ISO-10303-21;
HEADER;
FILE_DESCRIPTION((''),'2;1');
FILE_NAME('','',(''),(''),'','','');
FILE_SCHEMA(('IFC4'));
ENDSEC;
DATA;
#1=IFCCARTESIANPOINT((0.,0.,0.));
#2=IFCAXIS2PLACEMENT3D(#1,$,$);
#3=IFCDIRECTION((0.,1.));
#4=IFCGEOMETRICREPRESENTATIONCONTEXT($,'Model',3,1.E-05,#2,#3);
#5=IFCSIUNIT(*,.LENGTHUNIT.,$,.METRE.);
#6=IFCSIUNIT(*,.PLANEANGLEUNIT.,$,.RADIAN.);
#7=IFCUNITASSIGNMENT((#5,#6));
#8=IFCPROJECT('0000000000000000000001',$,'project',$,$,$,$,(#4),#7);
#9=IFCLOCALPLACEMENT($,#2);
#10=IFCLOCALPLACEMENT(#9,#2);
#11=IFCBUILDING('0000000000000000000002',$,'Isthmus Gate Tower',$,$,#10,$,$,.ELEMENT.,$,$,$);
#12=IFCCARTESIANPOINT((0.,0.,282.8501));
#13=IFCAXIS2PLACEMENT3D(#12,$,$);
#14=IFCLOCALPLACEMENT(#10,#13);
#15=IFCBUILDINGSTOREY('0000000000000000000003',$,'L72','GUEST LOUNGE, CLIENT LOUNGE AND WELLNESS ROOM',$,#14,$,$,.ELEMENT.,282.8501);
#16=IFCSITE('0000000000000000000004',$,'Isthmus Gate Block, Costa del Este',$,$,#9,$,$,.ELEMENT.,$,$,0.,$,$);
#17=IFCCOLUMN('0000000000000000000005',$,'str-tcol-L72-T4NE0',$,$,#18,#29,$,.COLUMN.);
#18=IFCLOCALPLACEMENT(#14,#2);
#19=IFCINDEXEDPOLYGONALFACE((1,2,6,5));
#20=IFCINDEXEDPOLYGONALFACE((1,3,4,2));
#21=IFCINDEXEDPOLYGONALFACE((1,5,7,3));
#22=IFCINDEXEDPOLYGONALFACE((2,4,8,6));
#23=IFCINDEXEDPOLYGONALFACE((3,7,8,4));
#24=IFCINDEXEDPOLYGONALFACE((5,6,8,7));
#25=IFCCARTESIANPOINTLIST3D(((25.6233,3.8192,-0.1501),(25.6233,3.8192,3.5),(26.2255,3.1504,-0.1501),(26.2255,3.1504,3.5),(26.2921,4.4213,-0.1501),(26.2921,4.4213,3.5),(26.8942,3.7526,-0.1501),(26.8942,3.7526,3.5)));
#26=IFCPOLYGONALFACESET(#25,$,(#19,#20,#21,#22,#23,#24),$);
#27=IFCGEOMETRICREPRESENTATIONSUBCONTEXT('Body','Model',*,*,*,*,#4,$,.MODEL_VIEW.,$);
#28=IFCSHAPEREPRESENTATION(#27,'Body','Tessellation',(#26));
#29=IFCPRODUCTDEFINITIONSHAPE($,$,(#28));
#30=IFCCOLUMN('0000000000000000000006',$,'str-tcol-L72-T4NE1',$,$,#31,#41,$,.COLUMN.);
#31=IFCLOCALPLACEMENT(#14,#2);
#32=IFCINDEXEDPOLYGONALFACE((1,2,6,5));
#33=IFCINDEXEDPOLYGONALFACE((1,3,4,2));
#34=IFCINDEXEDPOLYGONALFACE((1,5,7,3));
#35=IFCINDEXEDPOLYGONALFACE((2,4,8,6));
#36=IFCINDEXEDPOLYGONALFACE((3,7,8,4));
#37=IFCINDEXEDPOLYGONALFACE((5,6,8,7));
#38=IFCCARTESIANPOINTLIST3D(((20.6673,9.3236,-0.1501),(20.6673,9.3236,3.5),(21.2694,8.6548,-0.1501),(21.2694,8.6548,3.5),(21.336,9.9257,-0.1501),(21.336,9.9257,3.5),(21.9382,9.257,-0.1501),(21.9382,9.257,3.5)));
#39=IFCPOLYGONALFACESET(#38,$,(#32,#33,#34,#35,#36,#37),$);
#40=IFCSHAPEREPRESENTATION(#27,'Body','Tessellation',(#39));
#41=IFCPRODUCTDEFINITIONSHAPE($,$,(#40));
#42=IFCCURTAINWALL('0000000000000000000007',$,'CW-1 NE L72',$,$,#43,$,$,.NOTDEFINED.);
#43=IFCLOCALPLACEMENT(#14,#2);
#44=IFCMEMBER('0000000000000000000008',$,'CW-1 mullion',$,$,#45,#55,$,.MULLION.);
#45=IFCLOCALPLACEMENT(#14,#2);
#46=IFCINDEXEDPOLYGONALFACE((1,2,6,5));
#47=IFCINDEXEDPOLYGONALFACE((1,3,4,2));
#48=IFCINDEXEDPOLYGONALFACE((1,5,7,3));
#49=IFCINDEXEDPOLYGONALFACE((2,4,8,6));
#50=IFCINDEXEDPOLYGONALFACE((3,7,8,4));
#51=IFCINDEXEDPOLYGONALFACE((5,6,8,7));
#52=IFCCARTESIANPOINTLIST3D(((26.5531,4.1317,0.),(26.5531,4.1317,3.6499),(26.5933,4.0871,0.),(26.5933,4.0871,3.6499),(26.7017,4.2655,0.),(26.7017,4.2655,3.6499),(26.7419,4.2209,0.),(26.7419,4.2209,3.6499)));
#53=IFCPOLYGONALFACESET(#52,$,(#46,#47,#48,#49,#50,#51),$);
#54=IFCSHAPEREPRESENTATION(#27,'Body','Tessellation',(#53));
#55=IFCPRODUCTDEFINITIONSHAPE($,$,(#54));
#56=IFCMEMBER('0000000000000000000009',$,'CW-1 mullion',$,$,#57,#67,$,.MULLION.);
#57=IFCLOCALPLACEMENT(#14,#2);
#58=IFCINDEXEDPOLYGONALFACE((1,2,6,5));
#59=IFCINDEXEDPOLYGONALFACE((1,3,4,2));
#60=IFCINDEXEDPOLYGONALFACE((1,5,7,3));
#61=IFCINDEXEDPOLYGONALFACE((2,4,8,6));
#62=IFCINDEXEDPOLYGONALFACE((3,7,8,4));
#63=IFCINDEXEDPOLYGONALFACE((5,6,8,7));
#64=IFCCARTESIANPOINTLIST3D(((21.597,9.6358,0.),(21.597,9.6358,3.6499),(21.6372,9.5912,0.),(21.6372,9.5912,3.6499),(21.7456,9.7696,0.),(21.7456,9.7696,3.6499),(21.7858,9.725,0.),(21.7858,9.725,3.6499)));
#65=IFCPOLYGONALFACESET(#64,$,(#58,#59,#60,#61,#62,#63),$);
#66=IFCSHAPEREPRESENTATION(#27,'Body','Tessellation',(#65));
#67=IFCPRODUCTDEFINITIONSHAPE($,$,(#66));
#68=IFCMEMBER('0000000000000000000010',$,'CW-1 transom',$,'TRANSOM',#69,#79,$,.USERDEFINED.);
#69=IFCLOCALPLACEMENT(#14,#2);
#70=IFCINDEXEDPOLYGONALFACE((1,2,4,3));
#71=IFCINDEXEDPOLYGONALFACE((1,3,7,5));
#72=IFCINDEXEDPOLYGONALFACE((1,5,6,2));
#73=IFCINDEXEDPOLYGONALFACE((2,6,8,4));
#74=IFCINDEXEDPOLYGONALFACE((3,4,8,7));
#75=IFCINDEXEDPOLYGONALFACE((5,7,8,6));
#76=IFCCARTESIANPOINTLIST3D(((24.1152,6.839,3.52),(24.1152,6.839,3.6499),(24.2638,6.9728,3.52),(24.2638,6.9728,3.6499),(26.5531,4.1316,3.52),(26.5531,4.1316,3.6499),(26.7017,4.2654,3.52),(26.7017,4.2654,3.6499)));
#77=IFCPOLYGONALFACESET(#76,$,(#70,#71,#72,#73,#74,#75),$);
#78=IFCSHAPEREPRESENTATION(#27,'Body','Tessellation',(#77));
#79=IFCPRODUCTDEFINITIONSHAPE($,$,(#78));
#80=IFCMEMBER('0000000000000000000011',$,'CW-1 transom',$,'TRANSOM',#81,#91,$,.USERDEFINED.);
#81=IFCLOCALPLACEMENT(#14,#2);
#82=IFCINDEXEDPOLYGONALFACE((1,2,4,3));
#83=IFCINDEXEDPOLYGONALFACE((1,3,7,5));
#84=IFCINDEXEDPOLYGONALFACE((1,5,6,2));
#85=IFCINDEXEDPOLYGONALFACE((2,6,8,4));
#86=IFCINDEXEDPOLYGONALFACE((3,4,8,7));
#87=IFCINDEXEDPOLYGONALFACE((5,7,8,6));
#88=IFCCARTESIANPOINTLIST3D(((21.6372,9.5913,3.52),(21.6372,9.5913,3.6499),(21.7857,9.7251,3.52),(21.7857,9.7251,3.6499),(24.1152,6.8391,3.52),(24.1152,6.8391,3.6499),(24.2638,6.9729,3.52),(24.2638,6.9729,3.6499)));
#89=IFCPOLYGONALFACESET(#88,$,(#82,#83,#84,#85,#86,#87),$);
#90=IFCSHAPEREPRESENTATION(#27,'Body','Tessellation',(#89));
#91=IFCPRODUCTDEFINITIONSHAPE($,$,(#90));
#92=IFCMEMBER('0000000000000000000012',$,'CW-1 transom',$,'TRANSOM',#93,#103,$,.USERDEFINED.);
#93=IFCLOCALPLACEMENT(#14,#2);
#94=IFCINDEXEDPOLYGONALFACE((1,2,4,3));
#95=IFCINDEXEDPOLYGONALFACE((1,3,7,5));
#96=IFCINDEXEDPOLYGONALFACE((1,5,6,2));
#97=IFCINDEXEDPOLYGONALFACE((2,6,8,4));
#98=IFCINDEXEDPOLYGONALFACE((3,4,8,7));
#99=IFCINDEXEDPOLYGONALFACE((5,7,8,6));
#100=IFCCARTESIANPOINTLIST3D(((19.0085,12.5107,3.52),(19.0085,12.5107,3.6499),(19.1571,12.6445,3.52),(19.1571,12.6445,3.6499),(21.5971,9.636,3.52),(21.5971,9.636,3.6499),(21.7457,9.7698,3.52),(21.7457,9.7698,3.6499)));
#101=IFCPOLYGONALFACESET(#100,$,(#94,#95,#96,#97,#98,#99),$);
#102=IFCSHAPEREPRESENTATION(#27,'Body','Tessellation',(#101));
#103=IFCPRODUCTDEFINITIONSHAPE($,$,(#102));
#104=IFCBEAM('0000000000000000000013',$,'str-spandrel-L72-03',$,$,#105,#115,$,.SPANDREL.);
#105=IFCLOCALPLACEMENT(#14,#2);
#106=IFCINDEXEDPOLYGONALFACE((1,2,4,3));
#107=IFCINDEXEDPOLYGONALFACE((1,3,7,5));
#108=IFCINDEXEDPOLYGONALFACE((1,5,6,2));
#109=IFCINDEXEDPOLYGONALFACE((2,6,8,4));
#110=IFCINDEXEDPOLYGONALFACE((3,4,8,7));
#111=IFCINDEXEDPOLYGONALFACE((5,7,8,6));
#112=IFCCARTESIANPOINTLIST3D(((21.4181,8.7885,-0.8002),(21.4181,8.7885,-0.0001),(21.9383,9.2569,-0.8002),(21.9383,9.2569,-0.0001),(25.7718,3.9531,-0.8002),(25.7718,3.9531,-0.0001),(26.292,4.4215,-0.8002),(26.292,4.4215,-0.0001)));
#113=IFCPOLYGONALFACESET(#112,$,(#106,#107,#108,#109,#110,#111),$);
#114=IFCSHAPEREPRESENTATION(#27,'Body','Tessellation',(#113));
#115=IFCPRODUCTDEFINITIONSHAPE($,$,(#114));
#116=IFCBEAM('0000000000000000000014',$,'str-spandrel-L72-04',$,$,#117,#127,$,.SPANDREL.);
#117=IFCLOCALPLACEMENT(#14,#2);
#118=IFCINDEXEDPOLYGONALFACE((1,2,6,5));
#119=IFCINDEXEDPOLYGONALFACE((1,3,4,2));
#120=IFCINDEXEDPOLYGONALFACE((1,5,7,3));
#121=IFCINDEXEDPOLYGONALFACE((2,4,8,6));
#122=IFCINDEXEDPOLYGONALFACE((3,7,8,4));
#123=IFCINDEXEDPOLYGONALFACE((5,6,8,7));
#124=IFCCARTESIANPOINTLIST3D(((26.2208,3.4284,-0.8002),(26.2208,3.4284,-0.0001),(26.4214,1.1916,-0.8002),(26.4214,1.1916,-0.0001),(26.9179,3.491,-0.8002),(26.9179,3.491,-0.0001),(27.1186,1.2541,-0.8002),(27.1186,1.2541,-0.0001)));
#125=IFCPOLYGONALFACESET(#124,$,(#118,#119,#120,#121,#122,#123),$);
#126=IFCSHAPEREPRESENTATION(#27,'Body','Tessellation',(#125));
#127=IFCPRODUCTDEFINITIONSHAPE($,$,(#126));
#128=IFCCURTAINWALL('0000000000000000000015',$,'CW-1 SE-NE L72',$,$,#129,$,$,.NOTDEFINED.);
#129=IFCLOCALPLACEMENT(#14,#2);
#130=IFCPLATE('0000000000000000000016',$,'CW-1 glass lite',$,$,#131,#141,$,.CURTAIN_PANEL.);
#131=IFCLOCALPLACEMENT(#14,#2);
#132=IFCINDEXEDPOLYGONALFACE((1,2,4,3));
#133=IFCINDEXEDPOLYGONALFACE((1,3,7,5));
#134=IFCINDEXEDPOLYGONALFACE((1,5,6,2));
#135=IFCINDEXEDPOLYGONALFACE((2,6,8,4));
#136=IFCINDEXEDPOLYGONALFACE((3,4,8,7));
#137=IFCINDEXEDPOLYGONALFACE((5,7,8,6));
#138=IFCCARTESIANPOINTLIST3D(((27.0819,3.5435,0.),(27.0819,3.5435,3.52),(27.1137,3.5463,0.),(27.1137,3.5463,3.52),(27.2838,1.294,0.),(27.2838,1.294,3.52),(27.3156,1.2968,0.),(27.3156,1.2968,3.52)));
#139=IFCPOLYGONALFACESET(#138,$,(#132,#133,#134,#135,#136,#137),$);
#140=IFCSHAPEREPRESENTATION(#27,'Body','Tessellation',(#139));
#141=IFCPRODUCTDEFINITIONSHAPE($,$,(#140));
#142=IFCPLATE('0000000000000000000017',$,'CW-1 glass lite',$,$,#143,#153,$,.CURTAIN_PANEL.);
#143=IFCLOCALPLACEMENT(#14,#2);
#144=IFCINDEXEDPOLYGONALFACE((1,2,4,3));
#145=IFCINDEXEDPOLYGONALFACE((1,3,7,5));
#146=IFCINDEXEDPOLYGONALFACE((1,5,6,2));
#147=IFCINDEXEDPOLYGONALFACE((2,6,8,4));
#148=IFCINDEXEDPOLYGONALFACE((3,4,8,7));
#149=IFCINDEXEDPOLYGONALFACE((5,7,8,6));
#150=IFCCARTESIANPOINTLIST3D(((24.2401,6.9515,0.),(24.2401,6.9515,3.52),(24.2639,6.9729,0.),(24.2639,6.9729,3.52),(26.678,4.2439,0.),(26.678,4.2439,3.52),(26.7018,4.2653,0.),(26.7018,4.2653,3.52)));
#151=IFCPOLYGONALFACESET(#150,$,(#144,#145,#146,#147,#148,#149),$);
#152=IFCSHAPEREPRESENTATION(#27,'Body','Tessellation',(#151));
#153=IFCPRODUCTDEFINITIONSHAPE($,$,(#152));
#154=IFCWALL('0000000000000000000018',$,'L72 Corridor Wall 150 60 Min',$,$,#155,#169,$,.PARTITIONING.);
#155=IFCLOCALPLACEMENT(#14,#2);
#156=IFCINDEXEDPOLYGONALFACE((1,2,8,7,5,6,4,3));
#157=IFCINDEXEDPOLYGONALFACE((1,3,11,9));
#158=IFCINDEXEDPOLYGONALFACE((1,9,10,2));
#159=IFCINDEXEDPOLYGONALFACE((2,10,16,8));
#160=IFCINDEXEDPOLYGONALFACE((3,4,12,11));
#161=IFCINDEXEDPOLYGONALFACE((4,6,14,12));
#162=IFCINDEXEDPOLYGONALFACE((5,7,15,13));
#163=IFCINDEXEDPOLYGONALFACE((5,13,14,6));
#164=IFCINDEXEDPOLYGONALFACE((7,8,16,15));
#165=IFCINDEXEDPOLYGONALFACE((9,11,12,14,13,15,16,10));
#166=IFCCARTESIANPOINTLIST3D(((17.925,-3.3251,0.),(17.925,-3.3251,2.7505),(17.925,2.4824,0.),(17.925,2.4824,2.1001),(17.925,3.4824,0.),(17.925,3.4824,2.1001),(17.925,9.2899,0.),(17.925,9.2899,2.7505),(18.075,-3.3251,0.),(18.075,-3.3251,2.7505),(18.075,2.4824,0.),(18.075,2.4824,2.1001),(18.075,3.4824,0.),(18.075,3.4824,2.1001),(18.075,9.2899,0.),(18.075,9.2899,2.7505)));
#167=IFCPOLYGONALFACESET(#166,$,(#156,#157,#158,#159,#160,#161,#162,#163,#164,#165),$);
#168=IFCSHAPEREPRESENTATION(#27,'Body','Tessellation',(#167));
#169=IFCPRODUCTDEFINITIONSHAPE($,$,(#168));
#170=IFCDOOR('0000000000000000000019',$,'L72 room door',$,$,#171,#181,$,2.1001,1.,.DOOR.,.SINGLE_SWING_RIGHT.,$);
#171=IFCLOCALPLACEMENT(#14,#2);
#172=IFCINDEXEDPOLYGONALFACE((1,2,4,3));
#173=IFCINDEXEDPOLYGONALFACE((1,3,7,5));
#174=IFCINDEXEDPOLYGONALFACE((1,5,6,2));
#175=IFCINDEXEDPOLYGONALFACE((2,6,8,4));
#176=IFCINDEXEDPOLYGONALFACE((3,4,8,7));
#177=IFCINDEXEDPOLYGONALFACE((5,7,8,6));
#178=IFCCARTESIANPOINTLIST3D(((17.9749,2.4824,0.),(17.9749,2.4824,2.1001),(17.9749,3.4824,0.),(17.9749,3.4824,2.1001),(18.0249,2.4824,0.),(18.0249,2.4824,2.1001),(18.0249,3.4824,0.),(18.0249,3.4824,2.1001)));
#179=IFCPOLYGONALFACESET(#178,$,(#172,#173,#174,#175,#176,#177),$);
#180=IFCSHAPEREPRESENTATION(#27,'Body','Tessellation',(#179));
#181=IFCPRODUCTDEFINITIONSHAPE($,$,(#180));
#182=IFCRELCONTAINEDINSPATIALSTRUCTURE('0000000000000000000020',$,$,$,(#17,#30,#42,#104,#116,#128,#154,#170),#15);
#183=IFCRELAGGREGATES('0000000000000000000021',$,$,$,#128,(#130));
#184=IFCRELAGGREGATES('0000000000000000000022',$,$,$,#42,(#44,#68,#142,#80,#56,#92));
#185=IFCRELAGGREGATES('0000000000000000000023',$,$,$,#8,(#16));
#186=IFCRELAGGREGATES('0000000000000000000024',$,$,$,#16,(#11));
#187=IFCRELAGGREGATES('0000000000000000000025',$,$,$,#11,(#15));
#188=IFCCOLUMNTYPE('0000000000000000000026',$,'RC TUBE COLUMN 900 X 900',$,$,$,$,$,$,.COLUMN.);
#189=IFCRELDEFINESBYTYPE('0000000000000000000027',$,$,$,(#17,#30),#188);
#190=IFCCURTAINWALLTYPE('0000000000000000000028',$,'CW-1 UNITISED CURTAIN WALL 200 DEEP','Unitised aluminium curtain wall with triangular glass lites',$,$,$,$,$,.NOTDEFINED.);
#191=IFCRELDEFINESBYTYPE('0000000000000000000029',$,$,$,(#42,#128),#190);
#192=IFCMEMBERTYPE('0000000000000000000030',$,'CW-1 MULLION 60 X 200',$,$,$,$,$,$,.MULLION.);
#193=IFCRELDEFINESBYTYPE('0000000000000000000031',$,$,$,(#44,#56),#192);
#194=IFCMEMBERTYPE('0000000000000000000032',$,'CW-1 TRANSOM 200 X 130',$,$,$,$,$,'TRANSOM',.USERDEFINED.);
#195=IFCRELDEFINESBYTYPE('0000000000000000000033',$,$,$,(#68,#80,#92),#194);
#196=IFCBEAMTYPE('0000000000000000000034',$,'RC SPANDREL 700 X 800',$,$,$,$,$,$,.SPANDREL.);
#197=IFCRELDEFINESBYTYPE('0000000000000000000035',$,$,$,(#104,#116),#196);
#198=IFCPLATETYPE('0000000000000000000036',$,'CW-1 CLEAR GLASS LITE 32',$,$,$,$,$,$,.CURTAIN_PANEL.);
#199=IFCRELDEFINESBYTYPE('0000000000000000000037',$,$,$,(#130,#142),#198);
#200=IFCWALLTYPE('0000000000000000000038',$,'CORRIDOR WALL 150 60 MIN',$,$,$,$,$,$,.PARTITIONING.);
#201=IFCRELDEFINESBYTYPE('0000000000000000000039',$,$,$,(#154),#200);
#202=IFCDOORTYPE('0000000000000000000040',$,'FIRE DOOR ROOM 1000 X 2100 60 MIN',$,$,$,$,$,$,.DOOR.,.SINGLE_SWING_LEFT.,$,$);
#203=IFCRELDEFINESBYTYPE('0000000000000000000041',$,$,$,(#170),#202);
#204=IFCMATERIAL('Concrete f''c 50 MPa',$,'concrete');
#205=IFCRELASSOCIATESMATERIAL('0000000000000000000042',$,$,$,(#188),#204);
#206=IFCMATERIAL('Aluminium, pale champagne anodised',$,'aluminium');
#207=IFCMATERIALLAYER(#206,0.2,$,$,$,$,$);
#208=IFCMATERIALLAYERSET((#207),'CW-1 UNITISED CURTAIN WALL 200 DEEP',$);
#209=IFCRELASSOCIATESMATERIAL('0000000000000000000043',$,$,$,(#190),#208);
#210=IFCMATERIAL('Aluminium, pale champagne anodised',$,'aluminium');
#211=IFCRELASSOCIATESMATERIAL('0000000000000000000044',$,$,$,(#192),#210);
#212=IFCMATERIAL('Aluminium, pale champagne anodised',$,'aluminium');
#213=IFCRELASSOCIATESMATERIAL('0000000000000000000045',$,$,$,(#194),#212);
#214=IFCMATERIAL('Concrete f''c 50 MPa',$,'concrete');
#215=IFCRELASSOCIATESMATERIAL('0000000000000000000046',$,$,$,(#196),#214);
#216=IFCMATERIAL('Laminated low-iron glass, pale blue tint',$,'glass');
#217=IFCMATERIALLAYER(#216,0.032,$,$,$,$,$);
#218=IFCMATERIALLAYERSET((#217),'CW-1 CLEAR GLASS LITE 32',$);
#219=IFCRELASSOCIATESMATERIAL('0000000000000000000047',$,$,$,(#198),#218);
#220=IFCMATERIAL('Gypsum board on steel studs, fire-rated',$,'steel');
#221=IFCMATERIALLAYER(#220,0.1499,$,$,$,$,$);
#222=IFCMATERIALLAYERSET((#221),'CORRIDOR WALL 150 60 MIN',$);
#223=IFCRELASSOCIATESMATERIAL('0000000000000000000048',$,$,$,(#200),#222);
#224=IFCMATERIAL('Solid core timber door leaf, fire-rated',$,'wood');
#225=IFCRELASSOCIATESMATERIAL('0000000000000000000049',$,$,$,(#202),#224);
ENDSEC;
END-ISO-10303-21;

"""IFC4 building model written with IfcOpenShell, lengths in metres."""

from ifc_helpers import new_model, si_unit, direction, frame, frame_2d, origin, origin_2d, place, context, subcontext, project, spatial, rectangle, extrude, material, layer, layer_set, material_profile, profile_set, type_object, element, fill, aggregate, save


model = new_model("IFC4")

# Units and contexts
model_context = context("Model", 3, precision=1e-05, world=origin(), true_north=direction((0.0, 1.0)))
body_context = subcontext(model_context, "Body", "Model", "MODEL_VIEW")
ifc_project = project(units=[si_unit("LENGTHUNIT", "METRE"), si_unit("PLANEANGLEUNIT", "RADIAN")], contexts=[model_context])

# Site, building, storey
site_placement = place(None, origin())
site = spatial("IfcSite", under=ifc_project, at=site_placement, Name="Isthmus Gate Block, Costa del Este", CompositionType="ELEMENT", RefElevation=0.0)
building_placement = place(site_placement, origin())
building = spatial("IfcBuilding", under=site, at=building_placement, Name="Isthmus Gate Tower", CompositionType="ELEMENT")
storey_placement = place(building_placement, frame((0.0, 0.0, 282.8501)))
storey = spatial("IfcBuildingStorey", under=building, at=storey_placement, Name="L72", Description="GUEST LOUNGE, CLIENT LOUNGE AND WELLNESS ROOM", CompositionType="ELEMENT", Elevation=282.8501)

# Columns
ifc_material_1 = material(Name="Concrete f'c 50 MPa", Category="concrete")
ifc_material_profile_1 = material_profile(ifc_material_1, rectangle(XDim=0.8999, YDim=0.8999, at=origin_2d()), Name="RC 900X900")
ifc_profile_set_1 = profile_set([ifc_material_profile_1], Name="Concrete f'c 50 MPa")
column_type = type_object("IfcColumnType", Name="RC TUBE COLUMN 900 X 900", PredefinedType="COLUMN", material=ifc_profile_set_1)
for number, where, z_axis, x_axis, name in (
    (1, (26.2588, 3.7859, -0.1501), (0.0, 0.0, 1.0), (-0.669131, 0.743145, 0.0), "str-tcol-L72-T4NE0"),
    (2, (21.3027, 9.2903, -0.1501), (0.0, 0.0, 1.0), (-0.669131, 0.743145, 0.0), "str-tcol-L72-T4NE1"),
):
    element("IfcColumn", number, at=place(storey_placement, frame(where, z_axis=z_axis, x_axis=x_axis)), inside=storey, type_object=column_type, Name=name, PredefinedType="COLUMN", context=body_context, shape_type="SweptSolid", body=[
        extrude(rectangle(XDim=0.8999, YDim=0.8999, at=origin_2d()), origin(), (0.0, 0.0, 1.0), 3.6501),
    ])

# Curtain wall, members
ifc_material_2 = material(Name="Aluminium, pale champagne anodised", Category="aluminium")
ifc_layer_1 = layer(ifc_material_2, 0.2)
ifc_layer_set_1 = layer_set([ifc_layer_1], Name="CW-1 UNITISED CURTAIN WALL 200 DEEP")
curtain_wall_type = type_object("IfcCurtainWallType", Name="CW-1 UNITISED CURTAIN WALL 200 DEEP", Description="Unitised aluminium curtain wall with triangular glass lites", PredefinedType="NOTDEFINED", material=ifc_layer_set_1)
curtain_wall_1_placement = place(storey_placement, origin())
curtain_wall_1 = element("IfcCurtainWall", 3, at=curtain_wall_1_placement, inside=storey, type_object=curtain_wall_type, Name="CW-1 NE L72", PredefinedType="NOTDEFINED")
ifc_material_3 = material(Name="Aluminium, pale champagne anodised", Category="aluminium")
ifc_material_profile_2 = material_profile(ifc_material_3, rectangle(XDim=0.0601, YDim=0.2, at=origin_2d()), Name="60x200")
ifc_profile_set_2 = profile_set([ifc_material_profile_2], Name="Aluminium, pale champagne anodised")
member_type_1 = type_object("IfcMemberType", Name="CW-1 MULLION 60 X 200", PredefinedType="MULLION", material=ifc_profile_set_2)
member_1_placement = place(storey_placement, frame((26.6475, 4.1763, 0.0), z_axis=(0.0, 0.0, 1.0), x_axis=(-0.669131, 0.743145, 0.0)))
member_1 = element("IfcMember", 4, at=member_1_placement, type_object=member_type_1, Name="CW-1 mullion", PredefinedType="MULLION", context=body_context, shape_type="SweptSolid", body=[
    extrude(rectangle(XDim=0.0601, YDim=0.2, at=origin_2d()), origin(), (0.0, 0.0, 1.0), 3.6499),
])
member_2_placement = place(storey_placement, frame((21.6914, 9.6804, 0.0), z_axis=(0.0, 0.0, 1.0), x_axis=(-0.669131, 0.743145, 0.0)))
member_2 = element("IfcMember", 5, at=member_2_placement, type_object=member_type_1, Name="CW-1 mullion", PredefinedType="MULLION", context=body_context, shape_type="SweptSolid", body=[
    extrude(rectangle(XDim=0.0601, YDim=0.2, at=origin_2d()), origin(), (0.0, 0.0, 1.0), 3.6499),
])
ifc_material_4 = material(Name="Aluminium, pale champagne anodised", Category="aluminium")
ifc_material_profile_3 = material_profile(ifc_material_4, rectangle(XDim=0.2, YDim=0.1299, at=origin_2d()), Name="200x130")
ifc_profile_set_3 = profile_set([ifc_material_profile_3], Name="Aluminium, pale champagne anodised")
member_type_2 = type_object("IfcMemberType", Name="CW-1 TRANSOM 200 X 130", ElementType="TRANSOM", PredefinedType="USERDEFINED", material=ifc_profile_set_3)
member_3_placement = place(storey_placement, frame((26.6274, 4.1985, 3.585), z_axis=(-0.66915, 0.743128, 0.0), x_axis=(-0.743128, -0.66915, 0.0)))
member_3 = element("IfcMember", 6, at=member_3_placement, type_object=member_type_2, Name="CW-1 transom", ObjectType="TRANSOM", PredefinedType="USERDEFINED", context=body_context, shape_type="SweptSolid", body=[
    extrude(rectangle(XDim=0.2, YDim=0.1299, at=origin_2d()), origin(), (0.0, 0.0, 1.0), 3.6433),
])
member_4_placement = place(storey_placement, frame((24.1895, 6.906, 3.585), z_axis=(-0.669121, 0.743153, 0.0), x_axis=(-0.743153, -0.669121, 0.0)))
member_4 = element("IfcMember", 7, at=member_4_placement, type_object=member_type_2, Name="CW-1 transom", ObjectType="TRANSOM", PredefinedType="USERDEFINED", context=body_context, shape_type="SweptSolid", body=[
    extrude(rectangle(XDim=0.2, YDim=0.1299, at=origin_2d()), origin(), (0.0, 0.0, 1.0), 3.7034),
])
member_5_placement = place(storey_placement, frame((21.6714, 9.7029, 3.585), z_axis=(-0.669156, 0.743122, 0.0), x_axis=(-0.743122, -0.669156, 0.0)))
member_5 = element("IfcMember", 8, at=member_5_placement, type_object=member_type_2, Name="CW-1 transom", ObjectType="TRANSOM", PredefinedType="USERDEFINED", context=body_context, shape_type="SweptSolid", body=[
    extrude(rectangle(XDim=0.2, YDim=0.1299, at=origin_2d()), origin(), (0.0, 0.0, 1.0), 3.8684),
])

# Beams
ifc_material_5 = material(Name="Concrete f'c 50 MPa", Category="concrete")
ifc_material_profile_4 = material_profile(ifc_material_5, rectangle(XDim=0.7, YDim=0.8, at=origin_2d()), Name="RC 700X800")
ifc_profile_set_4 = profile_set([ifc_material_profile_4], Name="Concrete f'c 50 MPa")
beam_type = type_object("IfcBeamType", Name="RC SPANDREL 700 X 800", PredefinedType="SPANDREL", material=ifc_profile_set_4)
beam_1_placement = place(storey_placement, frame((21.6782, 9.0227, -0.4001), z_axis=(0.669122, -0.743152, 0.0), x_axis=(0.743152, 0.669122, 0.0)))
element("IfcBeam", 9, at=beam_1_placement, inside=storey, type_object=beam_type, Name="str-spandrel-L72-03", PredefinedType="SPANDREL", context=body_context, shape_type="SweptSolid", body=[
    extrude(rectangle(XDim=0.7, YDim=0.8, at=origin_2d()), origin(), (0.0, 0.0, 1.0), 6.5066),
])
beam_2_placement = place(storey_placement, frame((26.5693, 3.4597, -0.4001), z_axis=(0.089359, -0.995999, 0.0), x_axis=(0.995999, 0.089359, 0.0)))
element("IfcBeam", 10, at=beam_2_placement, inside=storey, type_object=beam_type, Name="str-spandrel-L72-04", PredefinedType="SPANDREL", context=body_context, shape_type="SweptSolid", body=[
    extrude(rectangle(XDim=0.7, YDim=0.8, at=origin_2d()), origin(), (0.0, 0.0, 1.0), 2.2458),
])

# Curtain wall, plate
curtain_wall_2_placement = place(storey_placement, origin())
curtain_wall_2 = element("IfcCurtainWall", 11, at=curtain_wall_2_placement, inside=storey, type_object=curtain_wall_type, Name="CW-1 SE-NE L72", PredefinedType="NOTDEFINED")
ifc_material_6 = material(Name="Laminated low-iron glass, pale blue tint", Category="glass")
ifc_layer_2 = layer(ifc_material_6, 0.032)
ifc_layer_set_2 = layer_set([ifc_layer_2], Name="CW-1 CLEAR GLASS LITE 32")
plate_type = type_object("IfcPlateType", Name="CW-1 CLEAR GLASS LITE 32", PredefinedType="CURTAIN_PANEL", material=ifc_layer_set_2)
plate_1_placement = place(storey_placement, frame((27.1987, 2.4202, 0.0), z_axis=(0.0, 0.0, 1.0), x_axis=(-0.089397, 0.995996, 0.0)))
plate_1 = element("IfcPlate", 12, at=plate_1_placement, type_object=plate_type, Name="CW-1 glass lite", PredefinedType="CURTAIN_PANEL", context=body_context, shape_type="SweptSolid", body=[
    extrude(rectangle(XDim=2.2585, YDim=0.032, at=origin_2d()), origin(), (0.0, 0.0, 1.0), 3.52),
])
aggregate(curtain_wall_2, [plate_1])

# Plate
plate_2_placement = place(storey_placement, frame((25.4709, 5.6084, 0.0), z_axis=(0.0, 0.0, 1.0), x_axis=(-0.669131, 0.743145, 0.0)))
plate_2 = element("IfcPlate", 13, at=plate_2_placement, type_object=plate_type, Name="CW-1 glass lite", PredefinedType="CURTAIN_PANEL", context=body_context, shape_type="SweptSolid", body=[
    extrude(rectangle(XDim=3.6433, YDim=0.032, at=origin_2d()), origin(), (0.0, 0.0, 1.0), 3.52),
])

# Wall, opening, door
ifc_material_7 = material(Name="Gypsum board on steel studs, fire-rated", Category="steel")
ifc_layer_3 = layer(ifc_material_7, 0.1499)
ifc_layer_set_3 = layer_set([ifc_layer_3], Name="CORRIDOR WALL 150 60 MIN")
wall_type_1 = type_object("IfcWallType", Name="CORRIDOR WALL 150 60 MIN", PredefinedType="PARTITIONING", material=ifc_layer_set_3)
wall_1_placement = place(storey_placement, frame((18.0, 9.29, 0.0), z_axis=(0.0, 0.0, 1.0), x_axis=(0.0, -1.0, 0.0)))
wall_1 = element("IfcWall", 14, at=wall_1_placement, inside=storey, type_object=wall_type_1, Name="L72 Corridor Wall 150 60 Min", PredefinedType="PARTITIONING", context=body_context, shape_type="SweptSolid", body=[
    extrude(rectangle(XDim=12.615, YDim=0.1499, at=frame_2d((6.3076, 0.0))), origin(), (0.0, 0.0, 1.0), 2.7505),
])
opening_placement = place(wall_1_placement, frame((5.8076, 0.0, 0.0)))
opening = element("IfcOpeningElement", 15, at=opening_placement, cuts=wall_1, PredefinedType="OPENING", context=body_context, shape_type="SweptSolid", body=[
    extrude(rectangle(XDim=1.0, YDim=2.1001, at=frame_2d((0.5, 1.05))), frame((0.0, 0.085, 0.0), z_axis=(0.0, -1.0, 0.0), x_axis=(1.0, 0.0, 0.0)), (0.0, 0.0, 1.0), 0.1699),
])
ifc_material_8 = material(Name="Solid core timber door leaf, fire-rated", Category="wood")
door_type = type_object("IfcDoorType", Name="FIRE DOOR ROOM 1000 X 2100 60 MIN", OperationType="SINGLE_SWING_LEFT", PredefinedType="DOOR", material=ifc_material_8)
door_placement = place(opening_placement, origin())
door = element("IfcDoor", 16, at=door_placement, inside=storey, type_object=door_type, Name="L72 room door", OperationType="SINGLE_SWING_RIGHT", OverallHeight=2.1001, OverallWidth=1.0, PredefinedType="DOOR", context=body_context, shape_type="SweptSolid", body=[
    extrude(rectangle(XDim=1.0, YDim=2.1001, at=frame_2d((0.5, 1.05))), frame((0.0, 0.0249, 0.0), z_axis=(0.0, -1.0, 0.0), x_axis=(1.0, 0.0, 0.0)), (0.0, 0.0, 1.0), 0.05),
])
fill(opening, door)

aggregate(curtain_wall_1, [member_1, member_3, plate_2, member_4, member_2, member_5])

save(model, "model.ifc")
